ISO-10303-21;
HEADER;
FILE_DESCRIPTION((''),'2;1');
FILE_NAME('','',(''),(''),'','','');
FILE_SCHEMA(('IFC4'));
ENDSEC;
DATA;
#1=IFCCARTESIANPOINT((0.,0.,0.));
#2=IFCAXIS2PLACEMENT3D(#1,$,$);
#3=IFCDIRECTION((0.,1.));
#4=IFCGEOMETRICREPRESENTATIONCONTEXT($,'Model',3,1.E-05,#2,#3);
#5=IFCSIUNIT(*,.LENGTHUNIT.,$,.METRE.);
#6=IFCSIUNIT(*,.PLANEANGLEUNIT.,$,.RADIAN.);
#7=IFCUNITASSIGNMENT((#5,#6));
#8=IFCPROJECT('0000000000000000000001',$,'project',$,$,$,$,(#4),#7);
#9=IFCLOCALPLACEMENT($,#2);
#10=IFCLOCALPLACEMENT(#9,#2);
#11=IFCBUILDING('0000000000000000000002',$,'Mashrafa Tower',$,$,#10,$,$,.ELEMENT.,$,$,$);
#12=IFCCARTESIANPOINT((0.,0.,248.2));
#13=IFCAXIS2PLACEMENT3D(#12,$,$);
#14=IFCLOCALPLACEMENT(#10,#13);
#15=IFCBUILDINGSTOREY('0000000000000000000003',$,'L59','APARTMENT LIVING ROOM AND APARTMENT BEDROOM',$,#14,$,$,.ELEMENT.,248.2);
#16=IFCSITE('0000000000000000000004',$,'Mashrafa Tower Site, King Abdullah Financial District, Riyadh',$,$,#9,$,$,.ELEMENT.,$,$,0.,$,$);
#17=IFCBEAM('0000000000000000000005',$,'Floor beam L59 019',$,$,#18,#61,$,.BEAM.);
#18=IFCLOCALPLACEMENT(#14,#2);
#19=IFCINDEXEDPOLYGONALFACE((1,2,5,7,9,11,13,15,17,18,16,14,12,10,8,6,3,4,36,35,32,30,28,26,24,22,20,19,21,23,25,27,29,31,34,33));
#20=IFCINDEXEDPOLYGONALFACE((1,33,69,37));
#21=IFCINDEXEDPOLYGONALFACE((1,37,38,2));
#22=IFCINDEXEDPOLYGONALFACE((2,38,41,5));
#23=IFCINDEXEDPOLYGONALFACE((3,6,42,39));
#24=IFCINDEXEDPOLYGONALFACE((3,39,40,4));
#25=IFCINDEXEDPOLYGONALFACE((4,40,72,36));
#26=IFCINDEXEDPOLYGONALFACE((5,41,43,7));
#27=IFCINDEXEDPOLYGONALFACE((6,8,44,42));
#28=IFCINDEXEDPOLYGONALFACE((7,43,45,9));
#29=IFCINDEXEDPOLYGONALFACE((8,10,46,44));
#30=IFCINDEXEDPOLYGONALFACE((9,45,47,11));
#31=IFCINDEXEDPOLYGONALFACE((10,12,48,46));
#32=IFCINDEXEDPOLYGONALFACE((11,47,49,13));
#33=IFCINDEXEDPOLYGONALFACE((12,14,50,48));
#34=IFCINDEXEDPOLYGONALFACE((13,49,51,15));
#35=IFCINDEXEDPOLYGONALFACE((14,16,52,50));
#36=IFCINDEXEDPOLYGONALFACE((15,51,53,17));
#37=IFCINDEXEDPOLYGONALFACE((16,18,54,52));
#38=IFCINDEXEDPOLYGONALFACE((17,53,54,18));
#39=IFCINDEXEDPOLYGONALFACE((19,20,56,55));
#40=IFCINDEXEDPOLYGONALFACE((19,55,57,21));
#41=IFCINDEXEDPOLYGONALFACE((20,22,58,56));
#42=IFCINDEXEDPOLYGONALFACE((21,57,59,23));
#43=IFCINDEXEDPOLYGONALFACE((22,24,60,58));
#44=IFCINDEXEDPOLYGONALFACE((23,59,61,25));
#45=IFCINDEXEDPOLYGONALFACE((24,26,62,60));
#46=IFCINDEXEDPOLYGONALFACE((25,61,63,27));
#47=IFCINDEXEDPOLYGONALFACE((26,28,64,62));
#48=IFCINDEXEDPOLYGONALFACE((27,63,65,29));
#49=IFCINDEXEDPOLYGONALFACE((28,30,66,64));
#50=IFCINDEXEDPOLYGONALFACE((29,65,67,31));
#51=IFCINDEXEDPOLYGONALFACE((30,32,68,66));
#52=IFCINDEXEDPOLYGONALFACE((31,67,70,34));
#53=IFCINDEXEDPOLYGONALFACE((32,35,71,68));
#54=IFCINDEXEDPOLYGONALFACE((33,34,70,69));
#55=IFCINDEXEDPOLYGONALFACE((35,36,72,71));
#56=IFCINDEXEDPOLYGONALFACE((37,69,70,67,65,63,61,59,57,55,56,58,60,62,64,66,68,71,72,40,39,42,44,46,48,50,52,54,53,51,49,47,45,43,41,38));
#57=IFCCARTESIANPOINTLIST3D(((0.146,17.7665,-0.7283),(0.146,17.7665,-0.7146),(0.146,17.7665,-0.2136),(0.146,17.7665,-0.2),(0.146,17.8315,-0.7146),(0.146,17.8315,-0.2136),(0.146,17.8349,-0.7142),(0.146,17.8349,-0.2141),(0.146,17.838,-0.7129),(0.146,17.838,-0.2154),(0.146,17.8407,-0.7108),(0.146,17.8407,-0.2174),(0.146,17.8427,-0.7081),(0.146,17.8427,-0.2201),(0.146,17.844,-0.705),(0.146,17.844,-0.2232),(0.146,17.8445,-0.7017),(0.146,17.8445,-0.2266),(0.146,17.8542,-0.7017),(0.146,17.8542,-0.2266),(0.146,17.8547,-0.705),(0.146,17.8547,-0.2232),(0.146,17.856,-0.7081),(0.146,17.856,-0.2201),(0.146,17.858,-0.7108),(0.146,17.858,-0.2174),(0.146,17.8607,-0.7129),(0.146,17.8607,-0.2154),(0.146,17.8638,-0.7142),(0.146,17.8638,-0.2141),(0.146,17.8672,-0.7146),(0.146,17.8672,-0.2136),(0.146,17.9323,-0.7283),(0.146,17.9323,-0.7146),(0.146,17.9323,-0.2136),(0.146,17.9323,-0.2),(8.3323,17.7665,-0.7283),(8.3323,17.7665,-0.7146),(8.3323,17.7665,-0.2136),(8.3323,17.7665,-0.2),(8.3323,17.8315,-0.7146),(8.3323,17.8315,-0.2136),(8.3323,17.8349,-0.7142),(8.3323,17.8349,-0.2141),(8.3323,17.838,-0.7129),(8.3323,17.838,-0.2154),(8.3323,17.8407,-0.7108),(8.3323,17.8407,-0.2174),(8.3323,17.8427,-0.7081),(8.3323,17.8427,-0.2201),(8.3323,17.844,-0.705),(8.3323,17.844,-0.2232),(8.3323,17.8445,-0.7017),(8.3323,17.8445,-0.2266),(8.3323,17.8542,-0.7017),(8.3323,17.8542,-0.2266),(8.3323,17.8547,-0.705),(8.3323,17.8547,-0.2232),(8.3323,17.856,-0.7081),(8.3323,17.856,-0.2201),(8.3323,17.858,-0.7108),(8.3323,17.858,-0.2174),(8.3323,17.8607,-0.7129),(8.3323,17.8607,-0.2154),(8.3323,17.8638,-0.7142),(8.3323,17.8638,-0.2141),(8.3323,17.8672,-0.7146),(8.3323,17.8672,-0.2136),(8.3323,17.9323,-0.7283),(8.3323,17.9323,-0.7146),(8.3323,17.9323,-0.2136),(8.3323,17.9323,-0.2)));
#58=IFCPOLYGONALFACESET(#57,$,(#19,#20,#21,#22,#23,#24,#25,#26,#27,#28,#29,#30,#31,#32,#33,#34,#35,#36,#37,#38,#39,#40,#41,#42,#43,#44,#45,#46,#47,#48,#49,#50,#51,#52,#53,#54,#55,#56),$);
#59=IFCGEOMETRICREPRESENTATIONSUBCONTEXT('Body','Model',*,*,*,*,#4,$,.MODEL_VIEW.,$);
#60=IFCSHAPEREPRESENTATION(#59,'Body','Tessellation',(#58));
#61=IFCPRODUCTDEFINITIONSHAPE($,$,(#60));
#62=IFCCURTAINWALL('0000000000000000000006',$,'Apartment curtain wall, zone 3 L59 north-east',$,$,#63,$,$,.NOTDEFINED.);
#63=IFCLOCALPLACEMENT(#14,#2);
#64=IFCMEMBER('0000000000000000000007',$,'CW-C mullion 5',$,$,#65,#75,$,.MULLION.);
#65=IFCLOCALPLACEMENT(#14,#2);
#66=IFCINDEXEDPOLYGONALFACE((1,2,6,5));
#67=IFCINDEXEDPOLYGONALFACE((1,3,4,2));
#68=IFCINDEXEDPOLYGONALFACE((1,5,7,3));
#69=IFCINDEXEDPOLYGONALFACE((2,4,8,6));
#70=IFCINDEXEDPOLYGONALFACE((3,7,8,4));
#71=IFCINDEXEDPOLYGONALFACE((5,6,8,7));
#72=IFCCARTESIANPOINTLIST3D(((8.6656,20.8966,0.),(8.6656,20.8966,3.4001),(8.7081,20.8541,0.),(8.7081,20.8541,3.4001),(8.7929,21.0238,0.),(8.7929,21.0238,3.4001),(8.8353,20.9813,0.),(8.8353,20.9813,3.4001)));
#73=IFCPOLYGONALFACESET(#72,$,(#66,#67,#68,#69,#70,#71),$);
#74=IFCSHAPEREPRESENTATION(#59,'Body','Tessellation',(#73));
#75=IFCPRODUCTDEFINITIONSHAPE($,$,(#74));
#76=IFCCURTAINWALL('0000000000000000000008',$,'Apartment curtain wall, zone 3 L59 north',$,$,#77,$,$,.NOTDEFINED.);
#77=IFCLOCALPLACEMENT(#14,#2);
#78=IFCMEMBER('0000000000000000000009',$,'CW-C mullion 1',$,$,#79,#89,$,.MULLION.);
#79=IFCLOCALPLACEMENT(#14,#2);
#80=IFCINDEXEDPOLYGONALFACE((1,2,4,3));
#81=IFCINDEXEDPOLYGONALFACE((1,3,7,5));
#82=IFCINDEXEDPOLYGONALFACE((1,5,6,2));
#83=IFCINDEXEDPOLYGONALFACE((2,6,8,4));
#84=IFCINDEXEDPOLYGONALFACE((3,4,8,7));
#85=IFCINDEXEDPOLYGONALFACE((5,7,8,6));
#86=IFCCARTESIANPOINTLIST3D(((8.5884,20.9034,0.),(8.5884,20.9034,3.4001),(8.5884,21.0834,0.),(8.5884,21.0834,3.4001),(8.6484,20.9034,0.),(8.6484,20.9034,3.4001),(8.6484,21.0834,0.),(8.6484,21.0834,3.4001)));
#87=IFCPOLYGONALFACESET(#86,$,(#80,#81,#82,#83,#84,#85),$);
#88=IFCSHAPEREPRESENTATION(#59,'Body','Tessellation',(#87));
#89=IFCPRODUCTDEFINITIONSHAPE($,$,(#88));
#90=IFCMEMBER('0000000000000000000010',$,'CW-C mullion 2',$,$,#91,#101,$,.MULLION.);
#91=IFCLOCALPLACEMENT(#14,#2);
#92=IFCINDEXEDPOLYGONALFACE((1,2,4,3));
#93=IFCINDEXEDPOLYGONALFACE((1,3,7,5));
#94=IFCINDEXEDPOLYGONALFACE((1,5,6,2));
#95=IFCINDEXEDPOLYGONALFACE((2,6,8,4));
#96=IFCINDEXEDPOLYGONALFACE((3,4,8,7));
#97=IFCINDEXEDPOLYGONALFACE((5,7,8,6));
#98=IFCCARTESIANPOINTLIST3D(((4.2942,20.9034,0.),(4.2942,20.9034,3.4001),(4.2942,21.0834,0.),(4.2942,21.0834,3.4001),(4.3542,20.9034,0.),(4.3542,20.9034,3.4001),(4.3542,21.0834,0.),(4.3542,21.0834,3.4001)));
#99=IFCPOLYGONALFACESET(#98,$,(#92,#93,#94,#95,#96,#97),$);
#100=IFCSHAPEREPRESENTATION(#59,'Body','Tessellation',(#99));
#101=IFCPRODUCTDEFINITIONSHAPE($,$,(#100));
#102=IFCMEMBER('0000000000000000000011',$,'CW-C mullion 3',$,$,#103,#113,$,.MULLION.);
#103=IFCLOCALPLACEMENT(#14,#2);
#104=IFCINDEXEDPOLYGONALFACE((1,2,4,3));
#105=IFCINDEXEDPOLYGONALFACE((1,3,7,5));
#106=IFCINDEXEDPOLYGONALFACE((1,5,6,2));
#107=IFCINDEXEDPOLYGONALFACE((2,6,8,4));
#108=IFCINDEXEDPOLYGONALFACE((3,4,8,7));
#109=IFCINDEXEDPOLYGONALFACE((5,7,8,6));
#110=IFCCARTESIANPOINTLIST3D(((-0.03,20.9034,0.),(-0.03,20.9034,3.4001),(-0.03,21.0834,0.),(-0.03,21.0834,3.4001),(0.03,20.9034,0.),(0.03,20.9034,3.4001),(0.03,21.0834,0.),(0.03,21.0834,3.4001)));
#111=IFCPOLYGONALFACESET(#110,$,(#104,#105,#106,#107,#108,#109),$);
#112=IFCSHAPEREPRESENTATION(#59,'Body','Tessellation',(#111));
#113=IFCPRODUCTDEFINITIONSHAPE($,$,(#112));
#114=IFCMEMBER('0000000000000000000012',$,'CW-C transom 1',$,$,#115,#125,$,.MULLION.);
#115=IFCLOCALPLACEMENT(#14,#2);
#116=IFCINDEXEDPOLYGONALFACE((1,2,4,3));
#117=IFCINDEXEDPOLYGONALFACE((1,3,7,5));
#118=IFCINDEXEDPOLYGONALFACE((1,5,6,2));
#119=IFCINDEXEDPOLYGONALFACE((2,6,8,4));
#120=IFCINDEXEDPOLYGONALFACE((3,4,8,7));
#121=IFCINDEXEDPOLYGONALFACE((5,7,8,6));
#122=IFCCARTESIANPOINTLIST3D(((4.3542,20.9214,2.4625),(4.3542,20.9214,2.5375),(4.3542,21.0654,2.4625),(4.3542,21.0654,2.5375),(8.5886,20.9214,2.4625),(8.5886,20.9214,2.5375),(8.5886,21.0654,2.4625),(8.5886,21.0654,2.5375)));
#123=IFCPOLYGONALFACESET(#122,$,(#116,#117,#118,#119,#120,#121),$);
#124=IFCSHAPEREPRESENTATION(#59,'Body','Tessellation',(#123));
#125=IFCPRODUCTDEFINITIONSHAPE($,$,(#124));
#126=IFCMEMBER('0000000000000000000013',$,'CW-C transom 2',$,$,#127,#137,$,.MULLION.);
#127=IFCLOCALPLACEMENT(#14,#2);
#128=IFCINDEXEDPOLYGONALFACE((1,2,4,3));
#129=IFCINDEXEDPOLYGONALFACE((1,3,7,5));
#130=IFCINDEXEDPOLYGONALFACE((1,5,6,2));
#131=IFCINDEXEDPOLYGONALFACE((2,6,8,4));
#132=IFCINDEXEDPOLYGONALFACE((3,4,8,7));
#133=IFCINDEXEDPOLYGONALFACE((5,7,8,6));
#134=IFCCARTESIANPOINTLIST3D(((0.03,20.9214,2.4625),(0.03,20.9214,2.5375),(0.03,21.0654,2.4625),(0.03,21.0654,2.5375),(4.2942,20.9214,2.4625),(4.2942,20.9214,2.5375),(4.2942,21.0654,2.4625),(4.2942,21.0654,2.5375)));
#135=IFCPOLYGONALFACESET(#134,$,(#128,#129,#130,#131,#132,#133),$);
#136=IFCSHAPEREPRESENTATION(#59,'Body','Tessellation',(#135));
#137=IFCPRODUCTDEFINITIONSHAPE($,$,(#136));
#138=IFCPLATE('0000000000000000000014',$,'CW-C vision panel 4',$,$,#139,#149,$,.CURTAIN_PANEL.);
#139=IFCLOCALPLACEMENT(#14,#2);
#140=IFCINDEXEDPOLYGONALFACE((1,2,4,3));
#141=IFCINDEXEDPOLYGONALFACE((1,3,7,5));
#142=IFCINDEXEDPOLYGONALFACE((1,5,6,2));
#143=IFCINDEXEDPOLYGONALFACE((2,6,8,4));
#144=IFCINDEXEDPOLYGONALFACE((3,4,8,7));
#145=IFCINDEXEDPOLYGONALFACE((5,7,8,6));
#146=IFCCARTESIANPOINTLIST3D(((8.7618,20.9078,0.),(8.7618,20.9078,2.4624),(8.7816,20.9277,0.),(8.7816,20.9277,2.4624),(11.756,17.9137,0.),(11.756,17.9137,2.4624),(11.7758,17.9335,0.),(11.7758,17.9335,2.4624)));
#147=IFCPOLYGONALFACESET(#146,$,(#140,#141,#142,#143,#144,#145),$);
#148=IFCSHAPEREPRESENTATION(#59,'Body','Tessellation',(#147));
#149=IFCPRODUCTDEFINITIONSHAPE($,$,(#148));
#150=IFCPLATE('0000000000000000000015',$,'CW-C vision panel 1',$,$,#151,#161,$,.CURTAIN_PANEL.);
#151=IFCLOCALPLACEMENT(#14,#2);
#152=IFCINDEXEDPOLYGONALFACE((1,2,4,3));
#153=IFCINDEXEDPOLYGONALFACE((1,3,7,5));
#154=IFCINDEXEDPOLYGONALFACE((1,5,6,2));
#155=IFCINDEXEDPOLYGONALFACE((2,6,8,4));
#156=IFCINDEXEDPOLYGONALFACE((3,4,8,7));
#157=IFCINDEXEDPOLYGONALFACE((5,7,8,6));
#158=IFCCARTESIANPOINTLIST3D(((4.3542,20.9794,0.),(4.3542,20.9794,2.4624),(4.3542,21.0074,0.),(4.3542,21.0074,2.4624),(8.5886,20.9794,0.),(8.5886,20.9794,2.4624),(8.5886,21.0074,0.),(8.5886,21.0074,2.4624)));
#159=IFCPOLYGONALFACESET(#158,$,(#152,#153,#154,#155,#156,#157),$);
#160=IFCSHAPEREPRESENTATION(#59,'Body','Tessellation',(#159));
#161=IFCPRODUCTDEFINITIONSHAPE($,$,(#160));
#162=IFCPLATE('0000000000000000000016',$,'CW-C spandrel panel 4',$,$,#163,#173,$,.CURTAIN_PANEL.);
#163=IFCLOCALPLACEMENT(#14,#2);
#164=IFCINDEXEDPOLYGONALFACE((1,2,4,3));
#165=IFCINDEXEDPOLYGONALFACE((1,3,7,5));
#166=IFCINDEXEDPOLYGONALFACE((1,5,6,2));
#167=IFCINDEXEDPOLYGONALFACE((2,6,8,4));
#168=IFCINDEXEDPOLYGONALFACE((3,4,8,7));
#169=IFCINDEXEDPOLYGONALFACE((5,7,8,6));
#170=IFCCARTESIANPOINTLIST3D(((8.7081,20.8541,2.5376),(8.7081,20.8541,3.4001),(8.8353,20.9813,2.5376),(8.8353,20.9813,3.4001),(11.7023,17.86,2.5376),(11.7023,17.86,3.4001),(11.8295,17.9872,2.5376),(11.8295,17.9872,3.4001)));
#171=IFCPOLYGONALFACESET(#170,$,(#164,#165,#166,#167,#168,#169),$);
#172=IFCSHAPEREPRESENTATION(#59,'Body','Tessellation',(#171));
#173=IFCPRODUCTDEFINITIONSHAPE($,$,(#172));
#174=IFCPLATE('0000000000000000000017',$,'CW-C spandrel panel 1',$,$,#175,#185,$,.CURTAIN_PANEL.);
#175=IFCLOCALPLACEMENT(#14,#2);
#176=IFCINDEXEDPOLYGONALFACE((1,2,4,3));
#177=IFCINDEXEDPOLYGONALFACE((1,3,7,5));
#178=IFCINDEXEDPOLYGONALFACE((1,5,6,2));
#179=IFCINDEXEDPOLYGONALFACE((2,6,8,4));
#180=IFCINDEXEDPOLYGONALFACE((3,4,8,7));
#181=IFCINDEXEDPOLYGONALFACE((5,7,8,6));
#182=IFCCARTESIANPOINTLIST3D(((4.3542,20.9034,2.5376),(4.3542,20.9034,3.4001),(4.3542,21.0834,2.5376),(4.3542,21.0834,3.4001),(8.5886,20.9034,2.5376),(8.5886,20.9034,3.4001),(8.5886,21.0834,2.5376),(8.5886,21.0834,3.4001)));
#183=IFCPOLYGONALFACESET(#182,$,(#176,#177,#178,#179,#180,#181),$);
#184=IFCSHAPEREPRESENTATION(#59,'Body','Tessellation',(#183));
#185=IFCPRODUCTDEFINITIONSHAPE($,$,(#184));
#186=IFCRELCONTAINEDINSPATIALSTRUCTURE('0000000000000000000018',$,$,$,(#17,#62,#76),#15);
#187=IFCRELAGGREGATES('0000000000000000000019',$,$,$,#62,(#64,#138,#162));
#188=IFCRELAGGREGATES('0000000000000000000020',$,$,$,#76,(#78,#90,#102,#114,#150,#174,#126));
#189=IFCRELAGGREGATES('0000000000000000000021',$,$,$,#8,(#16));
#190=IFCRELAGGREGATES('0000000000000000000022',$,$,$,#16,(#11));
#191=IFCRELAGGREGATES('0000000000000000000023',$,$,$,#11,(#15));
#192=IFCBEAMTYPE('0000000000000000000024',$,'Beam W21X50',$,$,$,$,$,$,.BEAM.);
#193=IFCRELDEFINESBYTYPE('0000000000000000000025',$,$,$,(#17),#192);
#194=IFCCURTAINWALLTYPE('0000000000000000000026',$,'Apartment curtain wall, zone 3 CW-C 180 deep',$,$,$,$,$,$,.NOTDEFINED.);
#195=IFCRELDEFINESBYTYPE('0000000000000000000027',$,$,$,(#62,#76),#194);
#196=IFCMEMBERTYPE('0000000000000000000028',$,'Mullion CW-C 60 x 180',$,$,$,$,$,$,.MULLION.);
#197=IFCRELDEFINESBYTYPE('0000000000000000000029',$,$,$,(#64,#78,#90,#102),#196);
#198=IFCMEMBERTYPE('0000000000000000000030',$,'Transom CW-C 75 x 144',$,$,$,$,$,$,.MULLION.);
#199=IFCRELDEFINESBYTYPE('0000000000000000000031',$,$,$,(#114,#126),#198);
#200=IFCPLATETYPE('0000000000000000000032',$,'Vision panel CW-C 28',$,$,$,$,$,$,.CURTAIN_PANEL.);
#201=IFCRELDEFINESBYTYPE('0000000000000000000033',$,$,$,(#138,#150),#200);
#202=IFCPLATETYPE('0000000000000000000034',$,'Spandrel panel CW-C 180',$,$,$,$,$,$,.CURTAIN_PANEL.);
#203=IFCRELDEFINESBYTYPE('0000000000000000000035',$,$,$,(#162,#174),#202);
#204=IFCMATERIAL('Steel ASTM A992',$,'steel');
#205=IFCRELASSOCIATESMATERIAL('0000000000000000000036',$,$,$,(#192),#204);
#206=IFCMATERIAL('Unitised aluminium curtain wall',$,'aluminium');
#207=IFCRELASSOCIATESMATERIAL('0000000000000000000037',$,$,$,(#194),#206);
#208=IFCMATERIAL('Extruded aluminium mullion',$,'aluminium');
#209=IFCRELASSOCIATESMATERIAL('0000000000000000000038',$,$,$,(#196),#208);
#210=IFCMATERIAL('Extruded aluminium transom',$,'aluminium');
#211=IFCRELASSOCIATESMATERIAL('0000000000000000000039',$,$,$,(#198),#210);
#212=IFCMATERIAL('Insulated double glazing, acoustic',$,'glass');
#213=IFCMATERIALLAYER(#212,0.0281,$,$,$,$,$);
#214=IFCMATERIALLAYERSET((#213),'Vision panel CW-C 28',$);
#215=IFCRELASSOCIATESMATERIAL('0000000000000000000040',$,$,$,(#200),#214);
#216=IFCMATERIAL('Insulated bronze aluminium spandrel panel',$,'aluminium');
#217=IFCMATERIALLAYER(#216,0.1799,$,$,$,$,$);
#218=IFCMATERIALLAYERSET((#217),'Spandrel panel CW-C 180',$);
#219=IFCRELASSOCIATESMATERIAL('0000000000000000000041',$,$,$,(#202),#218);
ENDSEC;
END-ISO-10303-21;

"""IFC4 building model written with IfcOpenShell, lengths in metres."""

from ifc_helpers import new_model, si_unit, direction, frame, origin, origin_2d, place, context, subcontext, project, spatial, rectangle, i_section, extrude, source, transform, mapped, material, layer, layer_set, material_profile, profile_set, type_object, type_shapes, element, aggregate, save


model = new_model("IFC4")

# Units and contexts
model_context = context("Model", 3, precision=1e-05, world=origin(), true_north=direction((0.0, 1.0)))
body_context = subcontext(model_context, "Body", "Model", "MODEL_VIEW")
ifc_project = project(units=[si_unit("LENGTHUNIT", "METRE"), si_unit("PLANEANGLEUNIT", "RADIAN")], contexts=[model_context])

# Site, building, storey
site_placement = place(None, origin())
site = spatial("IfcSite", under=ifc_project, at=site_placement, Name="Mashrafa Tower Site, King Abdullah Financial District, Riyadh", CompositionType="ELEMENT", RefElevation=0.0)
building_placement = place(site_placement, origin())
building = spatial("IfcBuilding", under=site, at=building_placement, Name="Mashrafa Tower", CompositionType="ELEMENT")
storey_placement = place(building_placement, frame((0.0, 0.0, 248.2)))
storey = spatial("IfcBuildingStorey", under=building, at=storey_placement, Name="L59", Description="APARTMENT LIVING ROOM AND APARTMENT BEDROOM", CompositionType="ELEMENT", Elevation=248.2)

# Beam
ifc_material_1 = material(Name="Steel ASTM A992", Category="steel")
ifc_material_profile_1 = material_profile(ifc_material_1, i_section(OverallWidth=0.1658, OverallDepth=0.5283, WebThickness=0.0098, FlangeThickness=0.0137, FilletRadius=0.0129, at=origin_2d()), Name="W21X50")
ifc_profile_set_1 = profile_set([ifc_material_profile_1], Name="Steel ASTM A992")
beam_type_1 = type_object("IfcBeamType", Name="Beam W21X50", PredefinedType="BEAM", material=ifc_profile_set_1)
beam_1_placement = place(storey_placement, frame((0.146, 17.8494, -0.4641), z_axis=(1.0, 0.0, 0.0), x_axis=(0.0, 1.0, 0.0)))
element("IfcBeam", 1, at=beam_1_placement, inside=storey, type_object=beam_type_1, Name="Floor beam L59 019", PredefinedType="BEAM", context=body_context, shape_type="SweptSolid", body=[
    extrude(i_section(OverallWidth=0.1658, OverallDepth=0.5283, WebThickness=0.0098, FlangeThickness=0.0137, FilletRadius=0.0129, at=origin_2d()), origin(), (0.0, 0.0, 1.0), 8.1863),
])

# Curtain wall, member
ifc_material_2 = material(Name="Unitised aluminium curtain wall", Category="aluminium")
curtain_wall_type = type_object("IfcCurtainWallType", Name="Apartment curtain wall, zone 3 CW-C 180 deep", PredefinedType="NOTDEFINED", material=ifc_material_2)
curtain_wall_1_placement = place(storey_placement, origin())
curtain_wall_1 = element("IfcCurtainWall", 2, at=curtain_wall_1_placement, inside=storey, type_object=curtain_wall_type, Name="Apartment curtain wall, zone 3 L59 north-east", PredefinedType="NOTDEFINED")
ifc_material_3 = material(Name="Extruded aluminium mullion", Category="aluminium")
ifc_material_profile_2 = material_profile(ifc_material_3, rectangle(XDim=0.1799, YDim=0.0601, at=origin_2d()), Name="Mullion 60x180")
ifc_profile_set_2 = profile_set([ifc_material_profile_2], Name="Extruded aluminium mullion")
member_type_1 = type_object("IfcMemberType", Name="Mullion CW-C 60 x 180", PredefinedType="MULLION", material=ifc_profile_set_2)
shared_shape_1 = source(origin(), body_context, "Body", "SweptSolid", [
    extrude(rectangle(XDim=0.1799, YDim=0.0601, at=origin_2d()), origin(), (0.0, 0.0, 1.0), 3.4001),
])
type_shapes(member_type_1, [shared_shape_1])
member_1_placement = place(storey_placement, frame((8.7505, 20.939, 0.0), z_axis=(0.0, 0.0, 1.0), x_axis=(-0.707107, -0.707107, 0.0)))
member_1 = element("IfcMember", 3, at=member_1_placement, type_object=member_type_1, Name="CW-C mullion 5", PredefinedType="MULLION", context=body_context, shape_type="MappedRepresentation", body=[
    mapped(shared_shape_1, transform((0.0, 0.0, 0.0))),
])

# Curtain wall, members
curtain_wall_2_placement = place(storey_placement, origin())
curtain_wall_2 = element("IfcCurtainWall", 4, at=curtain_wall_2_placement, inside=storey, type_object=curtain_wall_type, Name="Apartment curtain wall, zone 3 L59 north", PredefinedType="NOTDEFINED")
member_2_placement = place(storey_placement, frame((8.6184, 20.9934, 0.0), z_axis=(0.0, 0.0, 1.0), x_axis=(0.0, -1.0, 0.0)))
member_2 = element("IfcMember", 5, at=member_2_placement, type_object=member_type_1, Name="CW-C mullion 1", PredefinedType="MULLION", context=body_context, shape_type="MappedRepresentation", body=[
    mapped(shared_shape_1, transform((0.0, 0.0, 0.0))),
])
member_3_placement = place(storey_placement, frame((4.3242, 20.9934, 0.0), z_axis=(0.0, 0.0, 1.0), x_axis=(0.0, -1.0, 0.0)))
member_3 = element("IfcMember", 6, at=member_3_placement, type_object=member_type_1, Name="CW-C mullion 2", PredefinedType="MULLION", context=body_context, shape_type="MappedRepresentation", body=[
    mapped(shared_shape_1, transform((0.0, 0.0, 0.0))),
])
member_4_placement = place(storey_placement, frame((0.0, 20.9934, 0.0), z_axis=(0.0, 0.0, 1.0), x_axis=(0.0, -1.0, 0.0)))
member_4 = element("IfcMember", 7, at=member_4_placement, type_object=member_type_1, Name="CW-C mullion 3", PredefinedType="MULLION", context=body_context, shape_type="MappedRepresentation", body=[
    mapped(shared_shape_1, transform((0.0, 0.0, 0.0))),
])
ifc_material_4 = material(Name="Extruded aluminium transom", Category="aluminium")
ifc_material_profile_3 = material_profile(ifc_material_4, rectangle(XDim=0.144, YDim=0.075, at=origin_2d()), Name="Transom 75x144")
ifc_profile_set_3 = profile_set([ifc_material_profile_3], Name="Extruded aluminium transom")
member_type_2 = type_object("IfcMemberType", Name="Transom CW-C 75 x 144", PredefinedType="MULLION", material=ifc_profile_set_3)
shared_shape_2 = source(origin(), body_context, "Body", "SweptSolid", [
    extrude(rectangle(XDim=0.144, YDim=0.075, at=origin_2d()), origin(), (0.0, 0.0, 1.0), 4.2344),
])
member_5_placement = place(storey_placement, frame((8.5886, 20.9934, 2.5), z_axis=(-1.0, 0.0, 0.0), x_axis=(0.0, -1.0, 0.0)))
member_5 = element("IfcMember", 8, at=member_5_placement, type_object=member_type_2, Name="CW-C transom 1", PredefinedType="MULLION", context=body_context, shape_type="MappedRepresentation", body=[
    mapped(shared_shape_2, transform((0.0, 0.0, 0.0))),
])
shared_shape_3 = source(origin(), body_context, "Body", "SweptSolid", [
    extrude(rectangle(XDim=0.144, YDim=0.075, at=origin_2d()), origin(), (0.0, 0.0, 1.0), 4.2642),
])
type_shapes(member_type_2, [shared_shape_2, shared_shape_3])
member_6_placement = place(storey_placement, frame((4.2942, 20.9934, 2.5), z_axis=(-1.0, 0.0, 0.0), x_axis=(0.0, -1.0, 0.0)))
member_6 = element("IfcMember", 9, at=member_6_placement, type_object=member_type_2, Name="CW-C transom 2", PredefinedType="MULLION", context=body_context, shape_type="MappedRepresentation", body=[
    mapped(shared_shape_3, transform((0.0, 0.0, 0.0))),
])

# Plates
ifc_material_5 = material(Name="Insulated double glazing, acoustic", Category="glass")
ifc_layer_1 = layer(ifc_material_5, 0.0281)
ifc_layer_set_1 = layer_set([ifc_layer_1], Name="Vision panel CW-C 28")
plate_type_1 = type_object("IfcPlateType", Name="Vision panel CW-C 28", PredefinedType="CURTAIN_PANEL", material=ifc_layer_set_1)
shared_shape_4 = source(origin(), body_context, "Body", "SweptSolid", [
    extrude(rectangle(XDim=4.2344, YDim=0.0281, at=origin_2d()), origin(), (0.0, 0.0, 1.0), 2.4624),
])
plate_1_placement = place(storey_placement, frame((10.2688, 19.4207, 0.0), z_axis=(0.0, 0.0, 1.0), x_axis=(-0.707107, 0.707107, 0.0)))
plate_1 = element("IfcPlate", 10, at=plate_1_placement, type_object=plate_type_1, Name="CW-C vision panel 4", PredefinedType="CURTAIN_PANEL", context=body_context, shape_type="MappedRepresentation", body=[
    mapped(shared_shape_4, transform((0.0, 0.0, 0.0))),
])
plate_2_placement = place(storey_placement, frame((6.4714, 20.9934, 0.0), z_axis=(0.0, 0.0, 1.0), x_axis=(-1.0, 0.0, 0.0)))
plate_2 = element("IfcPlate", 11, at=plate_2_placement, type_object=plate_type_1, Name="CW-C vision panel 1", PredefinedType="CURTAIN_PANEL", context=body_context, shape_type="MappedRepresentation", body=[
    mapped(shared_shape_4, transform((0.0, 0.0, 0.0))),
])
ifc_material_6 = material(Name="Insulated bronze aluminium spandrel panel", Category="aluminium")
ifc_layer_2 = layer(ifc_material_6, 0.1799)
ifc_layer_set_2 = layer_set([ifc_layer_2], Name="Spandrel panel CW-C 180")
plate_type_2 = type_object("IfcPlateType", Name="Spandrel panel CW-C 180", PredefinedType="CURTAIN_PANEL", material=ifc_layer_set_2)
shared_shape_5 = source(origin(), body_context, "Body", "SweptSolid", [
    extrude(rectangle(XDim=4.2344, YDim=0.1799, at=origin_2d()), origin(), (0.0, 0.0, 1.0), 0.8625),
])
plate_3_placement = place(storey_placement, frame((10.2688, 19.4207, 2.5376), z_axis=(0.0, 0.0, 1.0), x_axis=(-0.707107, 0.707107, 0.0)))
plate_3 = element("IfcPlate", 12, at=plate_3_placement, type_object=plate_type_2, Name="CW-C spandrel panel 4", PredefinedType="CURTAIN_PANEL", context=body_context, shape_type="MappedRepresentation", body=[
    mapped(shared_shape_5, transform((0.0, 0.0, 0.0))),
])
aggregate(curtain_wall_1, [member_1, plate_1, plate_3])
plate_4_placement = place(storey_placement, frame((6.4714, 20.9934, 2.5376), z_axis=(0.0, 0.0, 1.0), x_axis=(-1.0, 0.0, 0.0)))
plate_4 = element("IfcPlate", 13, at=plate_4_placement, type_object=plate_type_2, Name="CW-C spandrel panel 1", PredefinedType="CURTAIN_PANEL", context=body_context, shape_type="MappedRepresentation", body=[
    mapped(shared_shape_5, transform((0.0, 0.0, 0.0))),
])
aggregate(curtain_wall_2, [member_2, member_3, member_4, member_5, plate_2, plate_4, member_6])

save(model, "model.ifc")
